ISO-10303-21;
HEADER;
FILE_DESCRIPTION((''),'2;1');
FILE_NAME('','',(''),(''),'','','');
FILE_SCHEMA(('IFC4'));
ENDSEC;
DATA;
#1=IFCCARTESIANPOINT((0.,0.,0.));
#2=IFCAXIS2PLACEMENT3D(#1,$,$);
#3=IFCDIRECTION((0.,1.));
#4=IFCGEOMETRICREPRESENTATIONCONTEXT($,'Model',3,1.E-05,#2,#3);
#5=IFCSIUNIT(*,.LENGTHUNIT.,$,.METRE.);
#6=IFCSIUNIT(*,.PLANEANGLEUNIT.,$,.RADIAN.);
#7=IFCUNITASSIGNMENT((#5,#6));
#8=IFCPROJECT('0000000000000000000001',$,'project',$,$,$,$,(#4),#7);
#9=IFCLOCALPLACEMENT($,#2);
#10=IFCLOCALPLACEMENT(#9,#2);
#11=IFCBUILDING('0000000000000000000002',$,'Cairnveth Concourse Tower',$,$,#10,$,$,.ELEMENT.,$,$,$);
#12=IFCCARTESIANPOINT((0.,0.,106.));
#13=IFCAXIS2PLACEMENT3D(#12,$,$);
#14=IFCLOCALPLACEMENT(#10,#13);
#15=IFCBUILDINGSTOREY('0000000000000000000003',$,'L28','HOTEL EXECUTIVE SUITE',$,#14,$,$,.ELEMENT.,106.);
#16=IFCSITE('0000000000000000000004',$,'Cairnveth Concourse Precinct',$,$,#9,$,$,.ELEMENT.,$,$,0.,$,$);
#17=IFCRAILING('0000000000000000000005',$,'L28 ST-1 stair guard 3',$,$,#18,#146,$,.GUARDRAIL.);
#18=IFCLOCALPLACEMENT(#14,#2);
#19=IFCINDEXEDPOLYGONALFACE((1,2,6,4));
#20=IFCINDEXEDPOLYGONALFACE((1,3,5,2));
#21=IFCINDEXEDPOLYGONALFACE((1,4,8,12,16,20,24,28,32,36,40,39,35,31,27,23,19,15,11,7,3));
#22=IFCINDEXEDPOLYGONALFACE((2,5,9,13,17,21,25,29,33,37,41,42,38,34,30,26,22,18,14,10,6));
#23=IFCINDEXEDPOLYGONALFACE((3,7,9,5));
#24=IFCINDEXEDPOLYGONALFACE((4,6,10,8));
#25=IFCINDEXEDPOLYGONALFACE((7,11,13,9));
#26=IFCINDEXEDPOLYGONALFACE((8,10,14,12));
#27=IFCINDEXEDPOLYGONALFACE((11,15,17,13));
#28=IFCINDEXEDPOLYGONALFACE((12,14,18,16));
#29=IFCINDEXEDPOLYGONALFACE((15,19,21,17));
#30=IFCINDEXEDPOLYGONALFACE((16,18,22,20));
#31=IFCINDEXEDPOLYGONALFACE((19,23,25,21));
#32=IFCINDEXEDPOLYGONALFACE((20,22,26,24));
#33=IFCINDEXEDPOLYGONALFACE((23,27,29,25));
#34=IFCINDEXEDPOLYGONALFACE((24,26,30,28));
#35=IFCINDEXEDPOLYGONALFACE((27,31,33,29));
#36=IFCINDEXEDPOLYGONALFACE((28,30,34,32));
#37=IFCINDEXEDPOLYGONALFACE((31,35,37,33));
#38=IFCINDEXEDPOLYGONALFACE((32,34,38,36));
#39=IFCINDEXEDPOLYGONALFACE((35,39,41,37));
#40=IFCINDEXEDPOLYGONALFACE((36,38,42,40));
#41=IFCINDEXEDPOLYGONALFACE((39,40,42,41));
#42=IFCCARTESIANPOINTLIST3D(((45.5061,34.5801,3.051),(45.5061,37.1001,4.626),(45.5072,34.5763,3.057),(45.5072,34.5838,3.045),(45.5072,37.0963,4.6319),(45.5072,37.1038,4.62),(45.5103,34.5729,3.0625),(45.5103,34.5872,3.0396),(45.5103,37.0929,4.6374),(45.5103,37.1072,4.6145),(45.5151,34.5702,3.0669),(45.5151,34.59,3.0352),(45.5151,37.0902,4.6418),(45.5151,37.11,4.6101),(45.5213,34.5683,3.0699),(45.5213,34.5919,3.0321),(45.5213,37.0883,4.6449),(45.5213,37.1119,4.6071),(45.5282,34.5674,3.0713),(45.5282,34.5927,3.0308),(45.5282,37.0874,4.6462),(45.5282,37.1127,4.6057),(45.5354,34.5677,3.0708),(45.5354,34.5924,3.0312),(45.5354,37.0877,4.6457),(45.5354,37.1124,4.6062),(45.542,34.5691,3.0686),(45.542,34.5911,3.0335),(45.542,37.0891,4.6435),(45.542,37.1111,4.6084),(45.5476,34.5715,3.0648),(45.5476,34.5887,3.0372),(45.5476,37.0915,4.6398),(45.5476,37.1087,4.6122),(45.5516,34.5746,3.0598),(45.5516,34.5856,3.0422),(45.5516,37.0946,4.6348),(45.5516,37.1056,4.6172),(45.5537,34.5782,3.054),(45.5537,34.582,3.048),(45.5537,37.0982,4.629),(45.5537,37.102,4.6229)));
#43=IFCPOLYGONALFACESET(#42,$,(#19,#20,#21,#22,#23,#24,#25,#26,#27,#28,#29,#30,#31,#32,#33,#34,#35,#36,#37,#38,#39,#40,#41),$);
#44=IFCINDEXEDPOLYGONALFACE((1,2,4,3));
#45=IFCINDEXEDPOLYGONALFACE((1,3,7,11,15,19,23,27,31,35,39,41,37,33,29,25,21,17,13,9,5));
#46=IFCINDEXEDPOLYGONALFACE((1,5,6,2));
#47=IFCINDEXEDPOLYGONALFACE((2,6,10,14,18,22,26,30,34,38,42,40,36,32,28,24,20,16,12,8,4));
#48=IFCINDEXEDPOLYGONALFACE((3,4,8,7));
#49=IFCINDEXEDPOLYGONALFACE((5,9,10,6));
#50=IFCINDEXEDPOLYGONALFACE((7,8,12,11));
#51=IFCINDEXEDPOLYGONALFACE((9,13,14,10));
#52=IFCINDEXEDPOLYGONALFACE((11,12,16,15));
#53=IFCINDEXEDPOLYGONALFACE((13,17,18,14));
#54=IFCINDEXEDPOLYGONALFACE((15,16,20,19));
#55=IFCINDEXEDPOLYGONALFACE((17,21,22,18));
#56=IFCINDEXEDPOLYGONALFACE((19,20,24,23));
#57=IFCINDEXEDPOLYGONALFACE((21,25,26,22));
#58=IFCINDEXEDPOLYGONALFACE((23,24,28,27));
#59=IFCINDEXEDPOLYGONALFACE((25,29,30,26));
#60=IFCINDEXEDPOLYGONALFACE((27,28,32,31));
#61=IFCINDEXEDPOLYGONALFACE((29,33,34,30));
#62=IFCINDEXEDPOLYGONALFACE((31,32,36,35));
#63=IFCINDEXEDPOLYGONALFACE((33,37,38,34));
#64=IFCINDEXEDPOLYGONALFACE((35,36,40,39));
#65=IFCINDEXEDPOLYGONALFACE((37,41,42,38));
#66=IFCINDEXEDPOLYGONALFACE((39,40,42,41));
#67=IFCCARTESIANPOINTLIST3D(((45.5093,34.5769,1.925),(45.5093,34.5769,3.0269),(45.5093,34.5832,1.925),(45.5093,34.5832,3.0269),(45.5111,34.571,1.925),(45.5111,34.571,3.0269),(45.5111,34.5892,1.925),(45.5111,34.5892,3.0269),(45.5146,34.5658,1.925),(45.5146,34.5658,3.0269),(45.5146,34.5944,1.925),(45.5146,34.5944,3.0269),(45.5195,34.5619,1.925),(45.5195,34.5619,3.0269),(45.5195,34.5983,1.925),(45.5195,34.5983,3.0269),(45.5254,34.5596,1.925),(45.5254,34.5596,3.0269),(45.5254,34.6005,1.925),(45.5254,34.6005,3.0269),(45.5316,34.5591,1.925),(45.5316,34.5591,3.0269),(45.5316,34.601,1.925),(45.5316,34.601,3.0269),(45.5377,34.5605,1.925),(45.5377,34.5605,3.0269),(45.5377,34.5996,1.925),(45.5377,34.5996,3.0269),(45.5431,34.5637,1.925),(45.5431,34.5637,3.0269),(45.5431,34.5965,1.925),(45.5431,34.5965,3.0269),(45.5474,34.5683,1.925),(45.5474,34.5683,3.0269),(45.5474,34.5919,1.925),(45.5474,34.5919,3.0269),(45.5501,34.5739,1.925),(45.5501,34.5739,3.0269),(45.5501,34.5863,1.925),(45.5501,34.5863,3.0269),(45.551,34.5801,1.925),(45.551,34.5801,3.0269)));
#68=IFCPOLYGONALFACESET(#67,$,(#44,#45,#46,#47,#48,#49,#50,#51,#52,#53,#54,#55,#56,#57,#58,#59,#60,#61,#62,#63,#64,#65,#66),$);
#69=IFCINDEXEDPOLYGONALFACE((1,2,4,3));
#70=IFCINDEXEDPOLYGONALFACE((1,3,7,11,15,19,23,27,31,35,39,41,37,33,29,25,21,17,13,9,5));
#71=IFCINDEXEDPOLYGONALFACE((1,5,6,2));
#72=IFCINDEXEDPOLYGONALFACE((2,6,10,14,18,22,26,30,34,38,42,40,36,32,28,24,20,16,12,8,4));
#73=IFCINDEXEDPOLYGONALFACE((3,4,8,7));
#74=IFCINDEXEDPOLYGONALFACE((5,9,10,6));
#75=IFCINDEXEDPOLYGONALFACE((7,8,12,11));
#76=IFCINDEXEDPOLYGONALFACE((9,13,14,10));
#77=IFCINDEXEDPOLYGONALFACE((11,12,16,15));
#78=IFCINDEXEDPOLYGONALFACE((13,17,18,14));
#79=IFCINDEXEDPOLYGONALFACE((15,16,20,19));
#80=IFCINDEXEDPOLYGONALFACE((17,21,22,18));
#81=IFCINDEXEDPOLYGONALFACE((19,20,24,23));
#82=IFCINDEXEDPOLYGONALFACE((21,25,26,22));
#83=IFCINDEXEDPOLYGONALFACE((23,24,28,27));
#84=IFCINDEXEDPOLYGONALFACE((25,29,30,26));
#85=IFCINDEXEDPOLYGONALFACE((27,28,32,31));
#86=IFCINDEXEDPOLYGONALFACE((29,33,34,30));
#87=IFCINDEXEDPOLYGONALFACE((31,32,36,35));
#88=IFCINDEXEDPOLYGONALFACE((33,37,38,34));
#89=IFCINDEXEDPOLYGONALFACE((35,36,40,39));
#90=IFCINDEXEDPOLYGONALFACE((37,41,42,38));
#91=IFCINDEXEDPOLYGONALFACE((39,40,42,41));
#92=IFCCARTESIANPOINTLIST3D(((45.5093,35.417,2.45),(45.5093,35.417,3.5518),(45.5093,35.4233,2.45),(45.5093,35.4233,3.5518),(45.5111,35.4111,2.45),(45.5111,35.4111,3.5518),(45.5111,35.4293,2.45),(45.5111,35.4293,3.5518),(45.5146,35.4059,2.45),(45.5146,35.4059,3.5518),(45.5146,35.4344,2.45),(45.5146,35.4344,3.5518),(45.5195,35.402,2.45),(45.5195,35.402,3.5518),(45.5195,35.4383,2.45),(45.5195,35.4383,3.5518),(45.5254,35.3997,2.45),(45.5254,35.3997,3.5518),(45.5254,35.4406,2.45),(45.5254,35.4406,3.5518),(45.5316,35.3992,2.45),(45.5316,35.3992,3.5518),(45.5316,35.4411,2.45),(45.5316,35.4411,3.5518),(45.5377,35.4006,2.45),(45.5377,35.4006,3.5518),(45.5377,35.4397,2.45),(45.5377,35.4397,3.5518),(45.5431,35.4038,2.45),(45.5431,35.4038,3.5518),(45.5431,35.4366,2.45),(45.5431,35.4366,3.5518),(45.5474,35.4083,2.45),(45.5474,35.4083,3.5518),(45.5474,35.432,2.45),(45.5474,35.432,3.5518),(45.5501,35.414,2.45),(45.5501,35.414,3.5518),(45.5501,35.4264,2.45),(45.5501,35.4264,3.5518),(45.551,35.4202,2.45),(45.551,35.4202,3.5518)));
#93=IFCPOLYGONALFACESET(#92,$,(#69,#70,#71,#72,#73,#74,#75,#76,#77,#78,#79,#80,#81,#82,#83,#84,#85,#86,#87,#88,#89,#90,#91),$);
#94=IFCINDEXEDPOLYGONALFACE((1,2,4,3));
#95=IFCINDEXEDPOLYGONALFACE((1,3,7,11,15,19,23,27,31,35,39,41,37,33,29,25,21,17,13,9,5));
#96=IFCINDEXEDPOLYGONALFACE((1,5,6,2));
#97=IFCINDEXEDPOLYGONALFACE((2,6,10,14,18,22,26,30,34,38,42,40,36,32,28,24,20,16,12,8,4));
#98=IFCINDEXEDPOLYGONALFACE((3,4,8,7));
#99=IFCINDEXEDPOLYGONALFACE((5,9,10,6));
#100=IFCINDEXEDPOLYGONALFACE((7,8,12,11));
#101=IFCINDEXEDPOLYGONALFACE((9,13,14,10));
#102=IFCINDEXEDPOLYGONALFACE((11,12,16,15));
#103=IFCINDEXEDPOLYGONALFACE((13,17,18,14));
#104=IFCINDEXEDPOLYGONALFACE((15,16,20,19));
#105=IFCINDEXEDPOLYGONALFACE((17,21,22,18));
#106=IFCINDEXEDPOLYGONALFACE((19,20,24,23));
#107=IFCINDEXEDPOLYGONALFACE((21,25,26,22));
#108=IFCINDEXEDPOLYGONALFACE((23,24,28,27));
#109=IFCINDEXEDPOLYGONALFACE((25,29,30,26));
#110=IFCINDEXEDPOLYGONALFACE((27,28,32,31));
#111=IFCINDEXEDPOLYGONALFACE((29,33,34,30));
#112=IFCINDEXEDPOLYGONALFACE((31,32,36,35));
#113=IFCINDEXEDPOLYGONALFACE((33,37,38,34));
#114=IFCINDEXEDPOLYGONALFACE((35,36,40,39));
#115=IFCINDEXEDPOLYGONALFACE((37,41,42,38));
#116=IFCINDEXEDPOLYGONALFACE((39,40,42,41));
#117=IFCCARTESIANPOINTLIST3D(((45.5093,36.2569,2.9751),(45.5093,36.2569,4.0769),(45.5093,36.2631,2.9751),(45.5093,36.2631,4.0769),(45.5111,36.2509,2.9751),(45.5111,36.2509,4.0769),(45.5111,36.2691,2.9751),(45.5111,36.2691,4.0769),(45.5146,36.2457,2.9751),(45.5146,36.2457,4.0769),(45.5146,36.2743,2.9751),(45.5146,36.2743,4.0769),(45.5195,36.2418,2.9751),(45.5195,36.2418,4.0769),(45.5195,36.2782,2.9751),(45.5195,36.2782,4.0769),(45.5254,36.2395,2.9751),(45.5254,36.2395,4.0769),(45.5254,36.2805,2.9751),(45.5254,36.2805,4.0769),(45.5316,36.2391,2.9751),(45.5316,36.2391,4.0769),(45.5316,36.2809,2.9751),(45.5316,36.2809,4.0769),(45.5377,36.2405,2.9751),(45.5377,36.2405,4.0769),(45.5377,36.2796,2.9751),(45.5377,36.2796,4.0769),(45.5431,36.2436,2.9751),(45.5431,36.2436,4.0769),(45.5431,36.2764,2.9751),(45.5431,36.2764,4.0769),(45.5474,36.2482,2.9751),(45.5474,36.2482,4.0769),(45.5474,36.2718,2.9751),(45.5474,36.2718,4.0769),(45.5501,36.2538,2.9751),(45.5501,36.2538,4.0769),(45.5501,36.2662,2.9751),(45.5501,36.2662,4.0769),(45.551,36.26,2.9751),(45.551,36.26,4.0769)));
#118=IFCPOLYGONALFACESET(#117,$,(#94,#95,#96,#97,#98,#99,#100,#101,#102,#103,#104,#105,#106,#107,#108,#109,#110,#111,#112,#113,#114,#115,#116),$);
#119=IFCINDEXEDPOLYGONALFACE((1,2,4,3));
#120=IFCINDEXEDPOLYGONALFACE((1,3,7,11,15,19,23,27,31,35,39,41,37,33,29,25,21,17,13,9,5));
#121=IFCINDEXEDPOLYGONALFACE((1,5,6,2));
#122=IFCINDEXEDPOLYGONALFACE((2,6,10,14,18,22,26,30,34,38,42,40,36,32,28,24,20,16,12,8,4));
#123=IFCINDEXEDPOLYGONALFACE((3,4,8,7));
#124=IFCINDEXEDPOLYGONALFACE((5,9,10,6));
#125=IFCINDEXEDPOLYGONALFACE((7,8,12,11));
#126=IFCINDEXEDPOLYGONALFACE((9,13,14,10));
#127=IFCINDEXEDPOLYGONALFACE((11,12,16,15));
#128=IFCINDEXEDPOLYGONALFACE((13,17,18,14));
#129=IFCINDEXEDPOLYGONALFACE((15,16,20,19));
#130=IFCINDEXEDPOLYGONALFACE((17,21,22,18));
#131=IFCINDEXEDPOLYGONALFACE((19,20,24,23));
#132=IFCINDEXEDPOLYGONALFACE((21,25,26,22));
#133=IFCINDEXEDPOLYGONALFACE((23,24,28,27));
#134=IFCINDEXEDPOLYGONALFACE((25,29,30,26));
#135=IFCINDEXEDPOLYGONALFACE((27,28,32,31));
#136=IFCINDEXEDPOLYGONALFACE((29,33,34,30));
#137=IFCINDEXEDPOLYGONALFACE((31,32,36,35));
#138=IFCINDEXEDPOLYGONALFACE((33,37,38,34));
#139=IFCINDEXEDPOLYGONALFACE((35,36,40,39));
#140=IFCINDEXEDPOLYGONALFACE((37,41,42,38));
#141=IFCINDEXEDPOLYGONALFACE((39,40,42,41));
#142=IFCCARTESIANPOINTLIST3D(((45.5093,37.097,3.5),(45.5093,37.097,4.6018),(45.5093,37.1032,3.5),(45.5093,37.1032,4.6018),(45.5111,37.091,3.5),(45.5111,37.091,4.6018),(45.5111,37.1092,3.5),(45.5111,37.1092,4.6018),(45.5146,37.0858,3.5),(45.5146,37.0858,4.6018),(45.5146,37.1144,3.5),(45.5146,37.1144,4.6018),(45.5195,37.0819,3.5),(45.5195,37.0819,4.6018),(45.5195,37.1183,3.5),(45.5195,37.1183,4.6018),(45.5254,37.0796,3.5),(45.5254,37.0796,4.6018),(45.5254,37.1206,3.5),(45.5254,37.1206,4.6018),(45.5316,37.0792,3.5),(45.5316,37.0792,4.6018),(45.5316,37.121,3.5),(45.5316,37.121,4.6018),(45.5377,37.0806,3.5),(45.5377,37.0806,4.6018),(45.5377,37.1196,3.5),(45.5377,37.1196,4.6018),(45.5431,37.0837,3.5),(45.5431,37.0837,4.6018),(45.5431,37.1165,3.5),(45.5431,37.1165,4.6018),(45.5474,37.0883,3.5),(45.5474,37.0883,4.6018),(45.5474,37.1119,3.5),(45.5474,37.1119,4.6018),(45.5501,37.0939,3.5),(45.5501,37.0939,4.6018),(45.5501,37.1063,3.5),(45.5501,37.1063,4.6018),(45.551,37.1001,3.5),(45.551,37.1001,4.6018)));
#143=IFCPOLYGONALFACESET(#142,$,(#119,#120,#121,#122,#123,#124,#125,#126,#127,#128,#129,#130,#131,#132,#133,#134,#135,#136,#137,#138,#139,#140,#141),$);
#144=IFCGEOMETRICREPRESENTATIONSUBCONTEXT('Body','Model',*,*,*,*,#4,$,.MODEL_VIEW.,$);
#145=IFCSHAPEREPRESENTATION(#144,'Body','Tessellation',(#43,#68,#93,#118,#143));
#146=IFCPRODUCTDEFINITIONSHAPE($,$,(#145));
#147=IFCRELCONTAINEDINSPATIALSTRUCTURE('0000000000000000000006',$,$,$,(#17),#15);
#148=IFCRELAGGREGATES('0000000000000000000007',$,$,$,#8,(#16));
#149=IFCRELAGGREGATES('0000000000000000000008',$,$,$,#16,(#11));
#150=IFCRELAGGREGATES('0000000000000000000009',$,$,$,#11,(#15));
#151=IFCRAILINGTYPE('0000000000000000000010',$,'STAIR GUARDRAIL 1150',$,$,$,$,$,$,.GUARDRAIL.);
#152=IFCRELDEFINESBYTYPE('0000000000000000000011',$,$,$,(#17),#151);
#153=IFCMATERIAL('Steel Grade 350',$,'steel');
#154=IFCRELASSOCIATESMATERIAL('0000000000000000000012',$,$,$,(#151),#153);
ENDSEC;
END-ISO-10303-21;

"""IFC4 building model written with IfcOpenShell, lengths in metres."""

from ifc_helpers import new_model, si_unit, direction, frame, origin, origin_2d, place, context, subcontext, project, spatial, circle, extrude, material, type_object, element, save


model = new_model("IFC4")

# Units and contexts
model_context = context("Model", 3, precision=1e-05, world=origin(), true_north=direction((0.0, 1.0)))
body_context = subcontext(model_context, "Body", "Model", "MODEL_VIEW")
ifc_project = project(units=[si_unit("LENGTHUNIT", "METRE"), si_unit("PLANEANGLEUNIT", "RADIAN")], contexts=[model_context])

# Site, building, storey
site_placement = place(None, origin())
site = spatial("IfcSite", under=ifc_project, at=site_placement, Name="Cairnveth Concourse Precinct", CompositionType="ELEMENT", RefElevation=0.0)
building_placement = place(site_placement, origin())
building = spatial("IfcBuilding", under=site, at=building_placement, Name="Cairnveth Concourse Tower", CompositionType="ELEMENT")
storey_placement = place(building_placement, frame((0.0, 0.0, 106.0)))
storey = spatial("IfcBuildingStorey", under=building, at=storey_placement, Name="L28", Description="HOTEL EXECUTIVE SUITE", CompositionType="ELEMENT", Elevation=106.0)

# Railing
ifc_material_1 = material(Name="Steel Grade 350", Category="steel")
railing_type_1 = type_object("IfcRailingType", Name="STAIR GUARDRAIL 1150", PredefinedType="GUARDRAIL", material=ifc_material_1)
railing_1_placement = place(storey_placement, frame((45.53, 34.5801, 1.925)))
element("IfcRailing", 1, at=railing_1_placement, inside=storey, type_object=railing_type_1, Name="L28 ST-1 stair guard 3", PredefinedType="GUARDRAIL", context=body_context, shape_type="SweptSolid", body=[
    extrude(circle(Radius=0.0239, at=origin_2d()), frame((0.0, 0.0, 1.126), z_axis=(0.0, 0.848008, 0.529984), x_axis=(-1.0, 0.0, 0.0)), (0.0, 0.0, 1.0), 2.9717),
    extrude(circle(Radius=0.021, at=origin_2d()), origin(), (0.0, 0.0, 1.0), 1.1018),
    extrude(circle(Radius=0.021, at=origin_2d()), frame((0.0, 0.8401, 0.5249)), (0.0, 0.0, 1.0), 1.1018),
    extrude(circle(Radius=0.021, at=origin_2d()), frame((0.0, 1.6799, 1.05)), (0.0, 0.0, 1.0), 1.1018),
    extrude(circle(Radius=0.021, at=origin_2d()), frame((0.0, 2.52, 1.575)), (0.0, 0.0, 1.0), 1.1018),
])

save(model, "model.ifc")
